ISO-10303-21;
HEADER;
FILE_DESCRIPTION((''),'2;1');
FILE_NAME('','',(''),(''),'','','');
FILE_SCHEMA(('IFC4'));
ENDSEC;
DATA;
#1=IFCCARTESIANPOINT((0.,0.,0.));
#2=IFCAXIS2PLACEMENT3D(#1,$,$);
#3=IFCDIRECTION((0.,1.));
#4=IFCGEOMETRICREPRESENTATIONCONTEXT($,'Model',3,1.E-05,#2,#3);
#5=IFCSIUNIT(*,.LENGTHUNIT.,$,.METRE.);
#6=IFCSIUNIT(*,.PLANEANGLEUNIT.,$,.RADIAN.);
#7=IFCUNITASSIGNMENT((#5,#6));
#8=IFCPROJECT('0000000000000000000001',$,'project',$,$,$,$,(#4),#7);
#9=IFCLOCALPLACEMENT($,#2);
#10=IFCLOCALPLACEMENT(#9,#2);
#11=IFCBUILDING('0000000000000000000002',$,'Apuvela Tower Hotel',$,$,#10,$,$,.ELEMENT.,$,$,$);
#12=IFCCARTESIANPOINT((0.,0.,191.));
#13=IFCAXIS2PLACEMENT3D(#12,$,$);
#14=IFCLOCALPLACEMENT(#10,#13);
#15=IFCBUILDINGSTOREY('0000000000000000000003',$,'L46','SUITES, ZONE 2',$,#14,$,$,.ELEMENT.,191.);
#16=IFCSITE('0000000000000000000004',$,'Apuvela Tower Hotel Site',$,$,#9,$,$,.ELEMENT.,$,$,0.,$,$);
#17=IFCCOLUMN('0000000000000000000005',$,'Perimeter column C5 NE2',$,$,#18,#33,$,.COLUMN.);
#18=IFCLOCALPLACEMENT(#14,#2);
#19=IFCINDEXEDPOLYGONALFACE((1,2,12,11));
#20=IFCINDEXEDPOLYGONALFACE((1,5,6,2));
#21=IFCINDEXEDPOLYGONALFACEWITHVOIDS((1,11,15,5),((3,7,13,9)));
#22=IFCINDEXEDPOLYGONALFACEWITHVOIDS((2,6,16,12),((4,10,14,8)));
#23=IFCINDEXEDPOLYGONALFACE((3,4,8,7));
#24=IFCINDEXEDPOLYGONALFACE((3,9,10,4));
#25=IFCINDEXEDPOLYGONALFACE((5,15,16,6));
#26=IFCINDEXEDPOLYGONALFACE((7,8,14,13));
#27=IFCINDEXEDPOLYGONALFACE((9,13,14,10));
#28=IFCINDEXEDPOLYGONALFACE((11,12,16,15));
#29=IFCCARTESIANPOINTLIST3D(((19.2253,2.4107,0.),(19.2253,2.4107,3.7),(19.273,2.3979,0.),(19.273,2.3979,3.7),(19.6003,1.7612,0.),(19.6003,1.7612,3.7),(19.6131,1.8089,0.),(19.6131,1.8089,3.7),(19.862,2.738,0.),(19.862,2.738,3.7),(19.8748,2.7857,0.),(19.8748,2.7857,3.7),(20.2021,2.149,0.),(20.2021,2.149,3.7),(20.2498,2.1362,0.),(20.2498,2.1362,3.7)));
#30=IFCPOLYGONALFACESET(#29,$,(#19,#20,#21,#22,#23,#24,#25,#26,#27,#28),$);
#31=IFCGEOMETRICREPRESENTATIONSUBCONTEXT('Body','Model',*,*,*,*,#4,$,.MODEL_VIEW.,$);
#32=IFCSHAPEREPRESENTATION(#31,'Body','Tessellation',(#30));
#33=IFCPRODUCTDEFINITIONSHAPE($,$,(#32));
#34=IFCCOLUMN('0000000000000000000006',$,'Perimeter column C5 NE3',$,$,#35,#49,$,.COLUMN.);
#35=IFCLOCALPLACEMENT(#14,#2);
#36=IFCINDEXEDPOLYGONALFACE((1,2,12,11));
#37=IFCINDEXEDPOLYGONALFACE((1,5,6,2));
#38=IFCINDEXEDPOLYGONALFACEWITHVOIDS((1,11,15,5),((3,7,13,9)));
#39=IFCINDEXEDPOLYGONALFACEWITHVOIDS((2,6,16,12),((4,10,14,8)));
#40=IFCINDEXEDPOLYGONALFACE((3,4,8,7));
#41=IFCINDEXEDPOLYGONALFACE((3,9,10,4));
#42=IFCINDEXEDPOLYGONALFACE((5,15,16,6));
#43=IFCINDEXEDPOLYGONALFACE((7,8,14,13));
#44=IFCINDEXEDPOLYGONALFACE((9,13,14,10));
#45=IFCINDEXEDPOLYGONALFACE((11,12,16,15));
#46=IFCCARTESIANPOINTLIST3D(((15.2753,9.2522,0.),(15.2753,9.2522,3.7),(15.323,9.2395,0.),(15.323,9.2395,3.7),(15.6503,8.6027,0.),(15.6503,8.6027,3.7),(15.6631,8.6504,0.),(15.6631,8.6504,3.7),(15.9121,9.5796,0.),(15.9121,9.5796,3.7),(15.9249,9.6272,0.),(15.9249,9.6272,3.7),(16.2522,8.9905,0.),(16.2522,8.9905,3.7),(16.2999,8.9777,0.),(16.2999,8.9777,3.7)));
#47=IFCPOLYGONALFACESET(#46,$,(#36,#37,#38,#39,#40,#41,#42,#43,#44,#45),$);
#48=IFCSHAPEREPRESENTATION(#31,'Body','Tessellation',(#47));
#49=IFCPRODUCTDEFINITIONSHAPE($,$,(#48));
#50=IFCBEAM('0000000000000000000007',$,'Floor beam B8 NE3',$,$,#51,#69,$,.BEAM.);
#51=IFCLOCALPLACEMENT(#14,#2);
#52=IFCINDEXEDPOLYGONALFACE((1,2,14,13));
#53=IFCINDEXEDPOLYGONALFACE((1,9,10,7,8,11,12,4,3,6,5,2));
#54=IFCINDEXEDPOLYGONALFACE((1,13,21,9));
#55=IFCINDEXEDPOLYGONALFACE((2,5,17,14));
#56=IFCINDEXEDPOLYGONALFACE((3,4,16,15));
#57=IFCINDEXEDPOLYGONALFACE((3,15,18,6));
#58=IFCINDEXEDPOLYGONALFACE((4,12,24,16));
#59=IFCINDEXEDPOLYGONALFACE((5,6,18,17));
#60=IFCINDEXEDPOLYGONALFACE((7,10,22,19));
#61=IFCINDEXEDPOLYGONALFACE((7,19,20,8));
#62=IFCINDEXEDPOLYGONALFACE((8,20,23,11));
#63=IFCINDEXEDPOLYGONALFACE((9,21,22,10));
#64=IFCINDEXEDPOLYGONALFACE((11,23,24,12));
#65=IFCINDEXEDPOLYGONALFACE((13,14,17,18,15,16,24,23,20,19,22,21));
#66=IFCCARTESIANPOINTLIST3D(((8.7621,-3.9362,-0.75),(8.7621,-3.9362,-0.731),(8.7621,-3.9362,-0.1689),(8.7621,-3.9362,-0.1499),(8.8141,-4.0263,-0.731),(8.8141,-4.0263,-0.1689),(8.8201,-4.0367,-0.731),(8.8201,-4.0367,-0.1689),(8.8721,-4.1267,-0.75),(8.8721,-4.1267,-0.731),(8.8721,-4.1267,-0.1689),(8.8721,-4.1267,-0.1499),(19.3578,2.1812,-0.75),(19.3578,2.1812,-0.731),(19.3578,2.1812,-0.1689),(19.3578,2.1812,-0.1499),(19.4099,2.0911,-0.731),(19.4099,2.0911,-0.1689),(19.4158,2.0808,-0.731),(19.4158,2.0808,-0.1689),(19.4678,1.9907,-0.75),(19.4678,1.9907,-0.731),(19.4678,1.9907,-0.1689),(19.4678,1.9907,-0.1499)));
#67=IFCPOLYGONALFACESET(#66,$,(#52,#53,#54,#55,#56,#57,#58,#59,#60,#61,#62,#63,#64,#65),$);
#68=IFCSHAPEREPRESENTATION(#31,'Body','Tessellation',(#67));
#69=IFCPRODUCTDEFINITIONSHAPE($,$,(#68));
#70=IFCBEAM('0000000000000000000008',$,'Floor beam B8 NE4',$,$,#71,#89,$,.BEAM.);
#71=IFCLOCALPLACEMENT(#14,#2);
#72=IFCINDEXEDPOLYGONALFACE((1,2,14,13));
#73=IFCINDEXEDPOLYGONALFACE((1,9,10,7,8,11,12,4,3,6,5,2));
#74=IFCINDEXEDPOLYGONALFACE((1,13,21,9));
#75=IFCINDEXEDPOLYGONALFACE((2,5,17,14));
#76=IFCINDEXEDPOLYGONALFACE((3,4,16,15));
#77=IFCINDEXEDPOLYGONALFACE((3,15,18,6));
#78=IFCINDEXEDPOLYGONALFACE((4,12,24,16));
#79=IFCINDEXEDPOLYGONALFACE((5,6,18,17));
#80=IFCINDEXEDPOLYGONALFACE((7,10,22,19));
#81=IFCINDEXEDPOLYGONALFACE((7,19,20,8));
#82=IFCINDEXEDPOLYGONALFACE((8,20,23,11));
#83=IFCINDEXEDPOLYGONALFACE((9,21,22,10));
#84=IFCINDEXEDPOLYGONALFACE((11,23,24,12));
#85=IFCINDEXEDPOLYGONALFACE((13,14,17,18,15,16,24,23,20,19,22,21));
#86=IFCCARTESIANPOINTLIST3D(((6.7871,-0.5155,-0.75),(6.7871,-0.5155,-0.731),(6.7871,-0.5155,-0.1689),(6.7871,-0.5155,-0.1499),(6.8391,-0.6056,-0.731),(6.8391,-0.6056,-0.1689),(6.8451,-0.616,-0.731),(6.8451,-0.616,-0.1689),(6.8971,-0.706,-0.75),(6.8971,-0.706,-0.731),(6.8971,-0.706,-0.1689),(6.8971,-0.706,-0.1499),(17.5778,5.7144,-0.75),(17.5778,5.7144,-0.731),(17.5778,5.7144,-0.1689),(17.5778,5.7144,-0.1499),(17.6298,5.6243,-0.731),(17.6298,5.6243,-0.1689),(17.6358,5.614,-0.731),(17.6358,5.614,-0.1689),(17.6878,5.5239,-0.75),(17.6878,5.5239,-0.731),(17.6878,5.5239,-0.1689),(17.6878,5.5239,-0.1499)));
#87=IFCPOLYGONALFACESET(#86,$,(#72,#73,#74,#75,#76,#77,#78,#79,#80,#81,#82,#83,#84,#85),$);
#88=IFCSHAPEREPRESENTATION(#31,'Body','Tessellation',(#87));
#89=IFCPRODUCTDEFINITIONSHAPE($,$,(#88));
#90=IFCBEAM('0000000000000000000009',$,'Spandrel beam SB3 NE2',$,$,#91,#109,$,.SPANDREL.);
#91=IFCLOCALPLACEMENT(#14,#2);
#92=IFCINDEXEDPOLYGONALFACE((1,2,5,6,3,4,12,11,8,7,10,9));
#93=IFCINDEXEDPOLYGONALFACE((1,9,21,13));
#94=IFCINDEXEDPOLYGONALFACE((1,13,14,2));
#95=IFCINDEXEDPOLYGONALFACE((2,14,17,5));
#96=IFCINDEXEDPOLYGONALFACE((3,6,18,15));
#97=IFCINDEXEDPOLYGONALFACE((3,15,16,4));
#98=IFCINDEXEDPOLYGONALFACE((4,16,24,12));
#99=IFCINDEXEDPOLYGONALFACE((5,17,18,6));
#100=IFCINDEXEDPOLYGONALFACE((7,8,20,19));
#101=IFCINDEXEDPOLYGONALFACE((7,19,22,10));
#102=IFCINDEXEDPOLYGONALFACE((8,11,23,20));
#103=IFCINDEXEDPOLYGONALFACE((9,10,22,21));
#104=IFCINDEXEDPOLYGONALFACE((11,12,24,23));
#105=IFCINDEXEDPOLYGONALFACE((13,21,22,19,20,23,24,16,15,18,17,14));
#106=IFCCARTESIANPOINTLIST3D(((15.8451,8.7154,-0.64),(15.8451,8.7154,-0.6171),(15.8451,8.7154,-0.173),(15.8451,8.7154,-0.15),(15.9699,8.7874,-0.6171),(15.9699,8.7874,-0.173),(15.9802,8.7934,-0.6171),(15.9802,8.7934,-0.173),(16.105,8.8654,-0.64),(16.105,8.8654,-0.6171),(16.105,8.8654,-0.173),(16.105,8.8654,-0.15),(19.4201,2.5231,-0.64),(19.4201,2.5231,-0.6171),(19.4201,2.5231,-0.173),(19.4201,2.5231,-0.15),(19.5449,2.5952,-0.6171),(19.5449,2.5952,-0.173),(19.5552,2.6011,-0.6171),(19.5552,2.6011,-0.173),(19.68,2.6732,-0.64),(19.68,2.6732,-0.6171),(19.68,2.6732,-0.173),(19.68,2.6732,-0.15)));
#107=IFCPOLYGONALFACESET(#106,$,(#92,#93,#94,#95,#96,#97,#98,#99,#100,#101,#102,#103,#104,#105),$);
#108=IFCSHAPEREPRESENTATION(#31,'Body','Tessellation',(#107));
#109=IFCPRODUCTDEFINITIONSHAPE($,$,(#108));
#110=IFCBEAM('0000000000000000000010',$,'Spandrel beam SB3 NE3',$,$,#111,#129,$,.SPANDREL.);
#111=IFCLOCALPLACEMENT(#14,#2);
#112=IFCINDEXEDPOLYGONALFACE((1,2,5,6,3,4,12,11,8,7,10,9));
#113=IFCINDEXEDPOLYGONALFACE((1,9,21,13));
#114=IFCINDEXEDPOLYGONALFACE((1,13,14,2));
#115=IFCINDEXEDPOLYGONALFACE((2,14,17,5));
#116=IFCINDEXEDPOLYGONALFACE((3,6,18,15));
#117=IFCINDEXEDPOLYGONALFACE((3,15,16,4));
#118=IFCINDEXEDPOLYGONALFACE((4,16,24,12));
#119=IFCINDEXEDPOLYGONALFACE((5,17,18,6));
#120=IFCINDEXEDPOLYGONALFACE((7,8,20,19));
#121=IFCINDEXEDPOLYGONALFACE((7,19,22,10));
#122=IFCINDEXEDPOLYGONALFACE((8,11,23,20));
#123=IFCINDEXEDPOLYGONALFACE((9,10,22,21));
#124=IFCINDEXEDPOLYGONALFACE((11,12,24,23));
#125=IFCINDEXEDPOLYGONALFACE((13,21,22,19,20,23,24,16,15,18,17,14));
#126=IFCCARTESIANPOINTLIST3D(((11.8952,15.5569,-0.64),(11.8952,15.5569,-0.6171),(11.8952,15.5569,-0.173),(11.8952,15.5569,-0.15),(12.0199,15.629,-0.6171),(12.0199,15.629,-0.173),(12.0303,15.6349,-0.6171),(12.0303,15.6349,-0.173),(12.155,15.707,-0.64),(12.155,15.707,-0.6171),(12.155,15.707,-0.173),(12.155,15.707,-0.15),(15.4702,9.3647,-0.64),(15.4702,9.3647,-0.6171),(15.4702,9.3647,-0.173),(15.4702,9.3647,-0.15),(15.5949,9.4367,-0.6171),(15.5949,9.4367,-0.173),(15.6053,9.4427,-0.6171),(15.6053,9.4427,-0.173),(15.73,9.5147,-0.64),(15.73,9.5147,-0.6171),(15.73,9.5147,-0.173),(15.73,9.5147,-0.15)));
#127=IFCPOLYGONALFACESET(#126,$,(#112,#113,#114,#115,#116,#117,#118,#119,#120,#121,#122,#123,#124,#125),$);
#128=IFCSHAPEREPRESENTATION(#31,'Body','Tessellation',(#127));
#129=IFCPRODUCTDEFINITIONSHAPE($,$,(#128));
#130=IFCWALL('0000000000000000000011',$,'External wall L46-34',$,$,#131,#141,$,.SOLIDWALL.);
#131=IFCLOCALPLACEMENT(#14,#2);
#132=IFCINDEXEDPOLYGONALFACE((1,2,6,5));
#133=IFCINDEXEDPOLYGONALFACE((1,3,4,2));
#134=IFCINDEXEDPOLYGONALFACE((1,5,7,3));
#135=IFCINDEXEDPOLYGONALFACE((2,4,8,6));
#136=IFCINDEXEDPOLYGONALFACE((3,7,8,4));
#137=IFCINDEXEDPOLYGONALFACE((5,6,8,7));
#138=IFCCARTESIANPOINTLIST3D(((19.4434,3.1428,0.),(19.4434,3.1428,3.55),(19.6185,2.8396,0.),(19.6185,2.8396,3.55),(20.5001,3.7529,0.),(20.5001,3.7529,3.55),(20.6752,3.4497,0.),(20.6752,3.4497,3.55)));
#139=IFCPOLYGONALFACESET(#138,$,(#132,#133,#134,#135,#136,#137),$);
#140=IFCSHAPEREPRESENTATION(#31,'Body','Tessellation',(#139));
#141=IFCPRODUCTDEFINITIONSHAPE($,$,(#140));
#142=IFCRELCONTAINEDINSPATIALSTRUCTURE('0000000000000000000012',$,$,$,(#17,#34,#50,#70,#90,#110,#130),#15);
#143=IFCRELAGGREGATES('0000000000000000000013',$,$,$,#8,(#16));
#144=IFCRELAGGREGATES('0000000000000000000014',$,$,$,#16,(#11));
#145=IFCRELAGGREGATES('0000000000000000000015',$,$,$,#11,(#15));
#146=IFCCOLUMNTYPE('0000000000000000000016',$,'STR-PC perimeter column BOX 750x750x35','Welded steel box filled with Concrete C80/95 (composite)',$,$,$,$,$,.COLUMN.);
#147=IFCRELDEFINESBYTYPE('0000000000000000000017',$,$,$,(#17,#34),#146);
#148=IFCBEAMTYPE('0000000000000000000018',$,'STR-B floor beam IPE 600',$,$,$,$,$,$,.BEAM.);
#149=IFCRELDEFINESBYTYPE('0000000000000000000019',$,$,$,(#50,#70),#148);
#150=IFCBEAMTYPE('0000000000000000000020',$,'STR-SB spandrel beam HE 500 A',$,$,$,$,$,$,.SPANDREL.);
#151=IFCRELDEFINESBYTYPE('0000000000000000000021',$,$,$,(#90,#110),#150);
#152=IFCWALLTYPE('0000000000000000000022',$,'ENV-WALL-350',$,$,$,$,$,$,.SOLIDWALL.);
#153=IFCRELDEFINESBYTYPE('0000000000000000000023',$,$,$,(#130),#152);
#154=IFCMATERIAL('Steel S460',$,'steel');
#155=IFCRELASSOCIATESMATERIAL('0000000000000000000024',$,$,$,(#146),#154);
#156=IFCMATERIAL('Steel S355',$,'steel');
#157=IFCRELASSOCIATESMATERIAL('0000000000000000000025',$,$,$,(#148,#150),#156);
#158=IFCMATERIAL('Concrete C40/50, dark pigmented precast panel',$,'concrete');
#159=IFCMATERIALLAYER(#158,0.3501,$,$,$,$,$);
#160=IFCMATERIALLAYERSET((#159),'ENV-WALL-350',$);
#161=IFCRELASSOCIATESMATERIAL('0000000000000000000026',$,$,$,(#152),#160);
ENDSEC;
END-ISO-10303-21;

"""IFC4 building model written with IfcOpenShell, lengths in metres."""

from ifc_helpers import new_model, si_unit, direction, frame, frame_2d, origin, origin_2d, place, context, subcontext, project, spatial, rectangle, hollow_rectangle, i_section, extrude, material, layer, layer_set, material_profile, profile_set, type_object, element, save


model = new_model("IFC4")

# Units and contexts
model_context = context("Model", 3, precision=1e-05, world=origin(), true_north=direction((0.0, 1.0)))
body_context = subcontext(model_context, "Body", "Model", "MODEL_VIEW")
ifc_project = project(units=[si_unit("LENGTHUNIT", "METRE"), si_unit("PLANEANGLEUNIT", "RADIAN")], contexts=[model_context])

# Site, building, storey
site_placement = place(None, origin())
site = spatial("IfcSite", under=ifc_project, at=site_placement, Name="Apuvela Tower Hotel Site", CompositionType="ELEMENT", RefElevation=0.0)
building_placement = place(site_placement, origin())
building = spatial("IfcBuilding", under=site, at=building_placement, Name="Apuvela Tower Hotel", CompositionType="ELEMENT")
storey_placement = place(building_placement, frame((0.0, 0.0, 191.0)))
storey = spatial("IfcBuildingStorey", under=building, at=storey_placement, Name="L46", Description="SUITES, ZONE 2", CompositionType="ELEMENT", Elevation=191.0)

# Columns
ifc_material_1 = material(Name="Steel S460", Category="steel")
ifc_material_profile_1 = material_profile(ifc_material_1, hollow_rectangle(XDim=0.75, YDim=0.75, WallThickness=0.0349, at=origin_2d()), Name="BOX 750x750x35")
ifc_material_2 = material(Name="Concrete C80/95", Category="concrete")
ifc_material_profile_2 = material_profile(ifc_material_2, rectangle(XDim=0.6799, YDim=0.6799, at=origin_2d()), Name="Concrete C80/95 infill")
ifc_profile_set_1 = profile_set([ifc_material_profile_1, ifc_material_profile_2], Name="Steel S460")
column_type = type_object("IfcColumnType", Name="STR-PC perimeter column BOX 750x750x35", Description="Welded steel box filled with Concrete C80/95 (composite)", PredefinedType="COLUMN", material=ifc_profile_set_1)
for number, where, z_axis, x_axis, name in (
    (1, (19.7375, 2.2734, 0.0), (0.0, 0.0, 1.0), (-0.5, 0.866025, 0.0), "Perimeter column C5 NE2"),
    (2, (15.7876, 9.115, 0.0), (0.0, 0.0, 1.0), (-0.5, 0.866025, 0.0), "Perimeter column C5 NE3"),
):
    element("IfcColumn", number, at=place(storey_placement, frame(where, z_axis=z_axis, x_axis=x_axis)), inside=storey, type_object=column_type, Name=name, PredefinedType="COLUMN", context=body_context, shape_type="SweptSolid", body=[
        extrude(hollow_rectangle(XDim=0.75, YDim=0.75, WallThickness=0.0349, at=origin_2d()), origin(), (0.0, 0.0, 1.0), 3.7),
    ])

# Beams
ifc_material_3 = material(Name="Steel S355", Category="steel")
ifc_material_profile_3 = material_profile(ifc_material_3, i_section(OverallWidth=0.22, OverallDepth=0.6001, WebThickness=0.012, FlangeThickness=0.019, at=origin_2d()), Name="IPE 600")
ifc_profile_set_2 = profile_set([ifc_material_profile_3], Name="Steel S355")
beam_type_1 = type_object("IfcBeamType", Name="STR-B floor beam IPE 600", PredefinedType="BEAM", material=ifc_profile_set_2)
beam_1_placement = place(storey_placement, frame((19.4128, 2.0859, -0.45), z_axis=(-0.866025, -0.5, 0.0), x_axis=(0.5, -0.866025, 0.0)))
element("IfcBeam", 3, at=beam_1_placement, inside=storey, type_object=beam_type_1, Name="Floor beam B8 NE3", PredefinedType="BEAM", context=body_context, shape_type="SweptSolid", body=[
    extrude(i_section(OverallWidth=0.22, OverallDepth=0.6001, WebThickness=0.012, FlangeThickness=0.019, at=origin_2d()), origin(), (0.0, 0.0, 1.0), 12.2349),
])
beam_2_placement = place(storey_placement, frame((17.6328, 5.6191, -0.45), z_axis=(-0.866028, -0.499996, 0.0), x_axis=(0.499996, -0.866028, 0.0)))
element("IfcBeam", 4, at=beam_2_placement, inside=storey, type_object=beam_type_1, Name="Floor beam B8 NE4", PredefinedType="BEAM", context=body_context, shape_type="SweptSolid", body=[
    extrude(i_section(OverallWidth=0.22, OverallDepth=0.6001, WebThickness=0.012, FlangeThickness=0.019, at=origin_2d()), origin(), (0.0, 0.0, 1.0), 12.46),
])
ifc_material_profile_4 = material_profile(ifc_material_3, i_section(OverallWidth=0.3, OverallDepth=0.49, WebThickness=0.012, FlangeThickness=0.0229, at=origin_2d()), Name="HE 500 A")
ifc_profile_set_3 = profile_set([ifc_material_profile_4], Name="Steel S355")
beam_type_2 = type_object("IfcBeamType", Name="STR-SB spandrel beam HE 500 A", PredefinedType="SPANDREL", material=ifc_profile_set_3)
for number, where, z_axis, x_axis, name in (
    (5, (19.55, 2.5981, -0.395), (-0.499991, 0.86603, 0.0), (-0.86603, -0.499991, 0.0), "Spandrel beam SB3 NE2"),
    (6, (15.6001, 9.4397, -0.395), (-0.499991, 0.86603, 0.0), (-0.86603, -0.499991, 0.0), "Spandrel beam SB3 NE3"),
):
    element("IfcBeam", number, at=place(storey_placement, frame(where, z_axis=z_axis, x_axis=x_axis)), inside=storey, type_object=beam_type_2, Name=name, PredefinedType="SPANDREL", context=body_context, shape_type="SweptSolid", body=[
        extrude(i_section(OverallWidth=0.3, OverallDepth=0.49, WebThickness=0.012, FlangeThickness=0.0229, at=origin_2d()), origin(), (0.0, 0.0, 1.0), 7.1501),
    ])

# Wall
ifc_material_4 = material(Name="Concrete C40/50, dark pigmented precast panel", Category="concrete")
ifc_layer_1 = layer(ifc_material_4, 0.3501)
ifc_layer_set_1 = layer_set([ifc_layer_1], Name="ENV-WALL-350")
wall_type_1 = type_object("IfcWallType", Name="ENV-WALL-350", PredefinedType="SOLIDWALL", material=ifc_layer_set_1)
wall_1_placement = place(storey_placement, frame((20.5876, 3.6013, 0.0), z_axis=(0.0, 0.0, 1.0), x_axis=(-0.866006, -0.500034, 0.0)))
element("IfcWall", 7, at=wall_1_placement, inside=storey, type_object=wall_type_1, Name="External wall L46-34", PredefinedType="SOLIDWALL", context=body_context, shape_type="SweptSolid", body=[
    extrude(rectangle(XDim=1.2202, YDim=0.3501, at=frame_2d((0.6101, 0.0))), origin(), (0.0, 0.0, 1.0), 3.55),
])

save(model, "model.ifc")
